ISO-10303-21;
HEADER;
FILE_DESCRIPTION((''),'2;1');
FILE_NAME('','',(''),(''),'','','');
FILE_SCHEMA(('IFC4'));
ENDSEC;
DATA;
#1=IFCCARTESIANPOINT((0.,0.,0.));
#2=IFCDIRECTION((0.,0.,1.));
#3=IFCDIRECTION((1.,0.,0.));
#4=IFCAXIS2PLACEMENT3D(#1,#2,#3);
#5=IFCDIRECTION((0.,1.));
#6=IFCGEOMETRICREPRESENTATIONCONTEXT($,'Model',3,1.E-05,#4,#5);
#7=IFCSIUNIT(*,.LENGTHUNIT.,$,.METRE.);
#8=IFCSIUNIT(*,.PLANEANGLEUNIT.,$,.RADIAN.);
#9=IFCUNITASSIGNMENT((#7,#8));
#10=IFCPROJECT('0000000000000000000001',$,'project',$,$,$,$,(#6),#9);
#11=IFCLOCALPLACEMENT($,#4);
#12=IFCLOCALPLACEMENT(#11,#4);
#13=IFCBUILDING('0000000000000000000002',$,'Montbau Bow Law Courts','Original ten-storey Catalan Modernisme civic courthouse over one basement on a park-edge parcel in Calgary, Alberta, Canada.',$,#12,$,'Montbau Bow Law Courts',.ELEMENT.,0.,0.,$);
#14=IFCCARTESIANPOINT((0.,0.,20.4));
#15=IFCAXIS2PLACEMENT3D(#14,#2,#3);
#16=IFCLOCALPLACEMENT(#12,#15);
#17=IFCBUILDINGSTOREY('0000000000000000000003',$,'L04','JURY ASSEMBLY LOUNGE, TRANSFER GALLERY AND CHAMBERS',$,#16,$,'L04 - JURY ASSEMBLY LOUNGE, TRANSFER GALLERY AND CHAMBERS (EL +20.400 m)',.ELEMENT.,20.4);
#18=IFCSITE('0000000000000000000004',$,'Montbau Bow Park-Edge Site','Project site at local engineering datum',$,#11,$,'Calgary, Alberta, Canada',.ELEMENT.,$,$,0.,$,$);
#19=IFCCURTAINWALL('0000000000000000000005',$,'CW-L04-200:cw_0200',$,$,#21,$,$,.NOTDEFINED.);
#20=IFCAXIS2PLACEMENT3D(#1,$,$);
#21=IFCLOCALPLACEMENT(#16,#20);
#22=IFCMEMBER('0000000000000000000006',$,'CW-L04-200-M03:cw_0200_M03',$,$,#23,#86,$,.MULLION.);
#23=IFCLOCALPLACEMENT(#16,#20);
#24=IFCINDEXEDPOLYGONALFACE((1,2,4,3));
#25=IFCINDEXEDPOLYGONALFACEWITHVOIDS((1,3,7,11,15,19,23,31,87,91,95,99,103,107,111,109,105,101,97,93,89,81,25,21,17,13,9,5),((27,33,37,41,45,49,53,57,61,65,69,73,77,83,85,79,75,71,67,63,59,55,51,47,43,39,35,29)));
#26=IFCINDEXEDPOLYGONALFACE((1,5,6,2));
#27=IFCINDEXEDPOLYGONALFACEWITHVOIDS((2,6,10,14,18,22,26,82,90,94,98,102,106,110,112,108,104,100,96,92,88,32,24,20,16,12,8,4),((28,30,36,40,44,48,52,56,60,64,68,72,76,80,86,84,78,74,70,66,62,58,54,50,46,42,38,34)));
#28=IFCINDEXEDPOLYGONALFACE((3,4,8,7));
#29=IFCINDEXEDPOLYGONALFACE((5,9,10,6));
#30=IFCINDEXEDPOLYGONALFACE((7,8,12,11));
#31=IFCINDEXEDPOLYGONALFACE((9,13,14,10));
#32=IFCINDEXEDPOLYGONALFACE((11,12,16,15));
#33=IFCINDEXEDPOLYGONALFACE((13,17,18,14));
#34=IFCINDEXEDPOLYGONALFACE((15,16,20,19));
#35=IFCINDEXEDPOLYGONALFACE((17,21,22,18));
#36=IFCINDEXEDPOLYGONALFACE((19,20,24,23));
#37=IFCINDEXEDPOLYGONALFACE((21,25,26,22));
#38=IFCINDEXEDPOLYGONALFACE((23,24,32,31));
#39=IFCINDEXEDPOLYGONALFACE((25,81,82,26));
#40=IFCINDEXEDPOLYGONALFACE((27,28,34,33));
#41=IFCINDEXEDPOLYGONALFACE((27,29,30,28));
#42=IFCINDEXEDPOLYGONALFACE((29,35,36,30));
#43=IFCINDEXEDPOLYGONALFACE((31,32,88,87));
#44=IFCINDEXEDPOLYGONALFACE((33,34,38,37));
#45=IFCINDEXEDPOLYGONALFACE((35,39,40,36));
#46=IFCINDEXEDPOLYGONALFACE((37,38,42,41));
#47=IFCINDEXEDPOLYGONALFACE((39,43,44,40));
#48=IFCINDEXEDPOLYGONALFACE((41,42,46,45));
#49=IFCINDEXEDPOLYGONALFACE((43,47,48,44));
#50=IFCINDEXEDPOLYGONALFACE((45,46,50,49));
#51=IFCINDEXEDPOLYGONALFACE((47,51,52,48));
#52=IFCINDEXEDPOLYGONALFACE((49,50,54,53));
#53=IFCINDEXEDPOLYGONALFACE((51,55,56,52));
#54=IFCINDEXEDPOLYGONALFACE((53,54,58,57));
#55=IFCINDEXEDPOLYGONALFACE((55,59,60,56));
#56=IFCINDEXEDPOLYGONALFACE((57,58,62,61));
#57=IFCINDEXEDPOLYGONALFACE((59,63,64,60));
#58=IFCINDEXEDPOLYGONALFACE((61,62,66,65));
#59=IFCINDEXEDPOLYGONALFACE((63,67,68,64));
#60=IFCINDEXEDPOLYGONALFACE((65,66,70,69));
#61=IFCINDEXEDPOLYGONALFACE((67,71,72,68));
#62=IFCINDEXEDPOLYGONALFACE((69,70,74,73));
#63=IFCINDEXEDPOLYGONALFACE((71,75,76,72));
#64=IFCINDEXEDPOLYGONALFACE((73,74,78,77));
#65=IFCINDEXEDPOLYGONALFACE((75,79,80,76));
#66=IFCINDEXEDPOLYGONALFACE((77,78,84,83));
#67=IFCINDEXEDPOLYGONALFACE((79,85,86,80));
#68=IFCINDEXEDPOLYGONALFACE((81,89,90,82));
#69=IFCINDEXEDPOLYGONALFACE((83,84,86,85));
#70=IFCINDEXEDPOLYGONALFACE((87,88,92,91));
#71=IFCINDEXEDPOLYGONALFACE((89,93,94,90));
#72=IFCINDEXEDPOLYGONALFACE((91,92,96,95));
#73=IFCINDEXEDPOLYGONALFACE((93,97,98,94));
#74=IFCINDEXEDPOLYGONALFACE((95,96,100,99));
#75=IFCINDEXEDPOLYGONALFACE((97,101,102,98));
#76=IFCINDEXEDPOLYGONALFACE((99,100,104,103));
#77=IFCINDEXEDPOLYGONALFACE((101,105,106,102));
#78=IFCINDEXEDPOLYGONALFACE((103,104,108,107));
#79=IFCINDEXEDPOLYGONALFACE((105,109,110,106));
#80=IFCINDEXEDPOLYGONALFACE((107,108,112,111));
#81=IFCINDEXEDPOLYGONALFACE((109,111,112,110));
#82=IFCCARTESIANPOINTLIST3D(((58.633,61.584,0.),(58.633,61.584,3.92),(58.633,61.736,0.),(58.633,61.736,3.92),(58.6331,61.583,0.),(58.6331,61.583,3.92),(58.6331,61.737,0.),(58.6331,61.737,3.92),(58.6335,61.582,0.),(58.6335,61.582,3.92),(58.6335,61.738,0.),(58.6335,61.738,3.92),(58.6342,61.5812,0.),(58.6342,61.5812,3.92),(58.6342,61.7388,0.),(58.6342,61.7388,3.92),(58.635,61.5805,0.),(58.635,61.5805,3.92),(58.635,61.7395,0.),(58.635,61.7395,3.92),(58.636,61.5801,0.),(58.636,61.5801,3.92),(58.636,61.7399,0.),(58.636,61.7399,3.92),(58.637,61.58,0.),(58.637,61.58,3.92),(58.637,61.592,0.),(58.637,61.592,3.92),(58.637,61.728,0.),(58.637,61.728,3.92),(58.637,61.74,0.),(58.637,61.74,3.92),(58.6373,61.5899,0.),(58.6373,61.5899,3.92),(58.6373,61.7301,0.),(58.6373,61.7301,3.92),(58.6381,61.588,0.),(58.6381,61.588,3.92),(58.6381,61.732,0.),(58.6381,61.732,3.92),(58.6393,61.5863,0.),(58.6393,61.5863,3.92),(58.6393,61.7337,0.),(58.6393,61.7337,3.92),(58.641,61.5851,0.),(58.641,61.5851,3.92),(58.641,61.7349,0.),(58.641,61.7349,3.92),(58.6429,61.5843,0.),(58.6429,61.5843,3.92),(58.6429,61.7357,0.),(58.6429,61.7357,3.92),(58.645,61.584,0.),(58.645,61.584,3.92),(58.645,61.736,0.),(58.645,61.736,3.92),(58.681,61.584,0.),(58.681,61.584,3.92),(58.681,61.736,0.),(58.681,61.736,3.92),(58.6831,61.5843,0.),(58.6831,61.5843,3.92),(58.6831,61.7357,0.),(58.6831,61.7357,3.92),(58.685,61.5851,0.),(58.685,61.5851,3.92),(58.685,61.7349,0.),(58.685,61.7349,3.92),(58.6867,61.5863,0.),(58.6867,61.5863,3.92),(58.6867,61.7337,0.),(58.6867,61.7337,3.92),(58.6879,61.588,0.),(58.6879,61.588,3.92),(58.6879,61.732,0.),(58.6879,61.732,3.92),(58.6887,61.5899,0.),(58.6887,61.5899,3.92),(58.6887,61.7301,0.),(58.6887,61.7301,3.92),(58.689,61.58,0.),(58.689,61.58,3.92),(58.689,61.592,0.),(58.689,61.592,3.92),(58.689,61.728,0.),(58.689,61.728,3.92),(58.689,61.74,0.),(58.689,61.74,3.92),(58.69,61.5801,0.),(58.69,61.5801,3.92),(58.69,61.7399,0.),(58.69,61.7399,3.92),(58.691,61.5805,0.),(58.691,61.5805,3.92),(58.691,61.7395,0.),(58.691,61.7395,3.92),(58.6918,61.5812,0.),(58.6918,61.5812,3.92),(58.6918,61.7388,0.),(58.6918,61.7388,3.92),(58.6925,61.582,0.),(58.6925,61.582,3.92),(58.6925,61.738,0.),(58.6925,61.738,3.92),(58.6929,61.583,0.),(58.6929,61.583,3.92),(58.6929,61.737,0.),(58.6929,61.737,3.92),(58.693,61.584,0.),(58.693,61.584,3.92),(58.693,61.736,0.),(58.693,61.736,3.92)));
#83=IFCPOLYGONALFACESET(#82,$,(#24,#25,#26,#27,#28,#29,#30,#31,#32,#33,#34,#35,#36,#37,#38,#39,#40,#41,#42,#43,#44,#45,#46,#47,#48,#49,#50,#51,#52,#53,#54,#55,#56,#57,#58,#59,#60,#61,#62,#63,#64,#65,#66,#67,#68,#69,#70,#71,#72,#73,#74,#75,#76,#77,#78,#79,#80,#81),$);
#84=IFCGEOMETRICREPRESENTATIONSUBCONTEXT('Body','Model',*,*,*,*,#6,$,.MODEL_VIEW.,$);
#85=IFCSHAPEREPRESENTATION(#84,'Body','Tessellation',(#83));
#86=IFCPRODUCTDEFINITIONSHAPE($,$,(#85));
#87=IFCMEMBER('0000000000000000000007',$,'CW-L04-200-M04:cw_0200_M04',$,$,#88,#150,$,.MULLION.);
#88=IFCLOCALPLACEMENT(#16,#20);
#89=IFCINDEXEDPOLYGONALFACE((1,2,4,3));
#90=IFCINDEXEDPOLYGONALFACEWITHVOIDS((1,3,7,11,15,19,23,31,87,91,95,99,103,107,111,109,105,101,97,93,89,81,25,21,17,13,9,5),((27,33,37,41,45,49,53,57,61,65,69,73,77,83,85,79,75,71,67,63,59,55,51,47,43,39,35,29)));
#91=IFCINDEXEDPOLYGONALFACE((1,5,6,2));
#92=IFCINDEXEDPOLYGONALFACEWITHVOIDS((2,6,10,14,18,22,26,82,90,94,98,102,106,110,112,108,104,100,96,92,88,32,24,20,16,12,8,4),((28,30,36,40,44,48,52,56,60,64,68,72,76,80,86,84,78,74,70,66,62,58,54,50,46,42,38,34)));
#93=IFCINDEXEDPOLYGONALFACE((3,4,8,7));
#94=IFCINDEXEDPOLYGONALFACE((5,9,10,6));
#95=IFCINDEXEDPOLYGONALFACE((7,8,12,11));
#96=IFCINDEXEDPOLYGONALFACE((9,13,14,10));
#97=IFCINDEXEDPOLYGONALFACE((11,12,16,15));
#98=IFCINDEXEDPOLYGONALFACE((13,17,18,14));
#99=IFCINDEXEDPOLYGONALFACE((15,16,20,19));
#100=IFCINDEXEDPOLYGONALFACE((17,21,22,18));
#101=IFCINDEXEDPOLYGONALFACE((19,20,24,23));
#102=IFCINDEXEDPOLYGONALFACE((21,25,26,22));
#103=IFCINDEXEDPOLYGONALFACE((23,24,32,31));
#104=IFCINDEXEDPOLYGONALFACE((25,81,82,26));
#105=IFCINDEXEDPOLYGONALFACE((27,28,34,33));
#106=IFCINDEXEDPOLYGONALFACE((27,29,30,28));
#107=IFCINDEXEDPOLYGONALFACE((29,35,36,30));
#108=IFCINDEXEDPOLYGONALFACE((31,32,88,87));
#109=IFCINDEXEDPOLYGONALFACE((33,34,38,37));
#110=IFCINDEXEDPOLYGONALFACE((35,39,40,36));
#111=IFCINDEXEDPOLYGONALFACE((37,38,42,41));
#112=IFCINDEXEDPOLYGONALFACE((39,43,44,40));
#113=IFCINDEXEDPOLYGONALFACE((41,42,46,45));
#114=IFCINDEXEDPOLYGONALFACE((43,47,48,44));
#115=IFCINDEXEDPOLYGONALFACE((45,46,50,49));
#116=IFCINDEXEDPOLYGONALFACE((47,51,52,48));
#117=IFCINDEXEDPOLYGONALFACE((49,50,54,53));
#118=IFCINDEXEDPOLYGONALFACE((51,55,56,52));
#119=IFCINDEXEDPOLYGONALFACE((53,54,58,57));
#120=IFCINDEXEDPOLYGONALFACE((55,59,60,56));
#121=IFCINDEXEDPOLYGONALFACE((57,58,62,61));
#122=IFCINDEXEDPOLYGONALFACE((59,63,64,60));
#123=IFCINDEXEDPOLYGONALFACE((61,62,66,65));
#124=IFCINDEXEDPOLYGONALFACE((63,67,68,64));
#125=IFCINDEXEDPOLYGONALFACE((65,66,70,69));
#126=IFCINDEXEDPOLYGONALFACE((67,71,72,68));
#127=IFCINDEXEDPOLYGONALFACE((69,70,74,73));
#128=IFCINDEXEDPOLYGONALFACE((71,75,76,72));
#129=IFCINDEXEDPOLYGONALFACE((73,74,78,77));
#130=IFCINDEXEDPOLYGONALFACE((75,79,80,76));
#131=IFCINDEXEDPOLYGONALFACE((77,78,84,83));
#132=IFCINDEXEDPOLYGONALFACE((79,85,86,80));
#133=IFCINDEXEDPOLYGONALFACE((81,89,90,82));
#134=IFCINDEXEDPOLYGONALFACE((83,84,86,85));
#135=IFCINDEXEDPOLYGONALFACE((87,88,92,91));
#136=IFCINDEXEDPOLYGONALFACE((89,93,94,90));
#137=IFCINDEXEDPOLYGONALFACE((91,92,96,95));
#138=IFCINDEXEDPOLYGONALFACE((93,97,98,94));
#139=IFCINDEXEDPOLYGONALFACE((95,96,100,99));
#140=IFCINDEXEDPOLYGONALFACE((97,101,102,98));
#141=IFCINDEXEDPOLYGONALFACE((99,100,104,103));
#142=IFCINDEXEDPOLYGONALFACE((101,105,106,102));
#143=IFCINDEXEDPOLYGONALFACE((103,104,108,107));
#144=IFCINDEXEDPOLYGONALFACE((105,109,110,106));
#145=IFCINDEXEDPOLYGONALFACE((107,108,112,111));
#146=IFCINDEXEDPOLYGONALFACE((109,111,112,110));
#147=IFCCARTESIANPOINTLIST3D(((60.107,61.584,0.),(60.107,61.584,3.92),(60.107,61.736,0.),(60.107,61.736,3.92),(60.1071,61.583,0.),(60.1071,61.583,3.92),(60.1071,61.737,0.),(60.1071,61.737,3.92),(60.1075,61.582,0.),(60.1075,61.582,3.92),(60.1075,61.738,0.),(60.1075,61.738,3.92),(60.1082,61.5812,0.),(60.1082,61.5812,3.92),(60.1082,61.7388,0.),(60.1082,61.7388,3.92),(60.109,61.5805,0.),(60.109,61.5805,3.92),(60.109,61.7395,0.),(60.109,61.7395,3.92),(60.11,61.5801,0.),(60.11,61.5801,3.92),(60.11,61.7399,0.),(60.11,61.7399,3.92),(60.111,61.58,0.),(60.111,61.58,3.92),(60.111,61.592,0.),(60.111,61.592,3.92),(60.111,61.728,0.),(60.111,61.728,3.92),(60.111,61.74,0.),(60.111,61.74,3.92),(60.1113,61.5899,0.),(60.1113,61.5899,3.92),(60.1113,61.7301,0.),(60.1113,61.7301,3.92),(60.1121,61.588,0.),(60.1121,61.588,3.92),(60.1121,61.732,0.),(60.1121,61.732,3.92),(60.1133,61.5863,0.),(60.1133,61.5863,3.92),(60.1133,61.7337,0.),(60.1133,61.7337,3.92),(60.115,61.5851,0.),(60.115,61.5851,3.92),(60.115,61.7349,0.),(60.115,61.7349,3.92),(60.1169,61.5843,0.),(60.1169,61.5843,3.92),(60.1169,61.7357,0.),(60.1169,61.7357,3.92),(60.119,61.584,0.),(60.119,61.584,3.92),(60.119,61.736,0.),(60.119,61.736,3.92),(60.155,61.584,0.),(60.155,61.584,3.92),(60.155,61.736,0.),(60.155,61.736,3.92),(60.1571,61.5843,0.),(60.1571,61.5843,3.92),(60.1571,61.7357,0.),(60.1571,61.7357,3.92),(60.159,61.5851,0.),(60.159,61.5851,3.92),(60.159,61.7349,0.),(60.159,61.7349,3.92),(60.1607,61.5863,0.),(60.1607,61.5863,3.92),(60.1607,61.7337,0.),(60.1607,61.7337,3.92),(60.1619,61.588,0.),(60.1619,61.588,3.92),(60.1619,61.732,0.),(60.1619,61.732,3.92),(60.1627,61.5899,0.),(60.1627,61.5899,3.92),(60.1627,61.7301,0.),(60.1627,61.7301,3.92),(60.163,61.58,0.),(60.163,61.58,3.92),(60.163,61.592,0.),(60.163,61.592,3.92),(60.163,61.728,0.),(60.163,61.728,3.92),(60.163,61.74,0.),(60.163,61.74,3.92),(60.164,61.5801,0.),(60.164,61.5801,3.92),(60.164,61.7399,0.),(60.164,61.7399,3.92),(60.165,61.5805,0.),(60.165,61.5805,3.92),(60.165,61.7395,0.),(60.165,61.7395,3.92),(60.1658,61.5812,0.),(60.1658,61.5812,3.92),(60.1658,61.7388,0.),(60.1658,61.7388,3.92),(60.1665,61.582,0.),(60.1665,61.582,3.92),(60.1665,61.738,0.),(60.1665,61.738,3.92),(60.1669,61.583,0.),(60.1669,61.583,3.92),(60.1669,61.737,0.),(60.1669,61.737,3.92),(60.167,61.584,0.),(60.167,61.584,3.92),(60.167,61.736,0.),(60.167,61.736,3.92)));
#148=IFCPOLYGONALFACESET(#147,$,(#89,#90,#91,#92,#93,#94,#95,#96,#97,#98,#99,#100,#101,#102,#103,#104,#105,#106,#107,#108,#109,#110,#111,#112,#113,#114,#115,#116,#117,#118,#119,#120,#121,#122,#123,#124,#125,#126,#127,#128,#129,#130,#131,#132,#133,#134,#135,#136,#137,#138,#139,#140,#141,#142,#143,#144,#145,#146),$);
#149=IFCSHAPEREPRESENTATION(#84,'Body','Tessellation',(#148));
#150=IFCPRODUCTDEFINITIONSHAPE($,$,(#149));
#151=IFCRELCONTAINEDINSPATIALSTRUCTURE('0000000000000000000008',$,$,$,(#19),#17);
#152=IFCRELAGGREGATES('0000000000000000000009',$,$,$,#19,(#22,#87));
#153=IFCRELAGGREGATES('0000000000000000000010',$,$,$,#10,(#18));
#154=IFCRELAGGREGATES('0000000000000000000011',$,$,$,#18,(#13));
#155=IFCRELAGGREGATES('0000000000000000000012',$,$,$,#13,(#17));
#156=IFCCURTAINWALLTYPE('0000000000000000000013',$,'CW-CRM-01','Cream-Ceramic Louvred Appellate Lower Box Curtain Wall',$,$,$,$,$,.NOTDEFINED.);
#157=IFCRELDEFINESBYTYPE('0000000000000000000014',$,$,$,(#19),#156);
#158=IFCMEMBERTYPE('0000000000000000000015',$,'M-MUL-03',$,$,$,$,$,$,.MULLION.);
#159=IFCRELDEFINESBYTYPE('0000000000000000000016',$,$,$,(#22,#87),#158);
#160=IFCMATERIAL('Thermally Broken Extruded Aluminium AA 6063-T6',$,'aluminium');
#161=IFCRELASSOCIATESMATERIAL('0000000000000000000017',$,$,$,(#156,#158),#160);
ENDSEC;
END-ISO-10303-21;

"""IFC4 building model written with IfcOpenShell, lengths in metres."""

from ifc_helpers import new_model, si_unit, direction, frame, origin_with_axes, origin_2d_with_axis, place, context, subcontext, project, spatial, hollow_rectangle, extrude, material, material_profile, profile_set, type_object, element, aggregate, save


model = new_model("IFC4")

# Units and contexts
model_context = context("Model", 3, precision=1e-05, world=origin_with_axes(), true_north=direction((0.0, 1.0)))
body_context = subcontext(model_context, "Body", "Model", "MODEL_VIEW")
ifc_project = project(units=[si_unit("LENGTHUNIT", "METRE"), si_unit("PLANEANGLEUNIT", "RADIAN")], contexts=[model_context])

# Site, building, storey
site_placement = place(None, origin_with_axes())
site = spatial("IfcSite", under=ifc_project, at=site_placement, Name="Montbau Bow Park-Edge Site", Description="Project site at local engineering datum", LongName="Calgary, Alberta, Canada", CompositionType="ELEMENT", RefElevation=0.0)
building_placement = place(site_placement, origin_with_axes())
building = spatial("IfcBuilding", under=site, at=building_placement, Name="Montbau Bow Law Courts", Description="Original ten-storey Catalan Modernisme civic courthouse over one basement on a park-edge parcel in Calgary, Alberta, Canada.", LongName="Montbau Bow Law Courts", CompositionType="ELEMENT", ElevationOfRefHeight=0.0, ElevationOfTerrain=0.0)
storey_placement = place(building_placement, frame((0.0, 0.0, 20.4), z_axis=(0.0, 0.0, 1.0), x_axis=(1.0, 0.0, 0.0)))
storey = spatial("IfcBuildingStorey", under=building, at=storey_placement, Name="L04", Description="JURY ASSEMBLY LOUNGE, TRANSFER GALLERY AND CHAMBERS", LongName="L04 - JURY ASSEMBLY LOUNGE, TRANSFER GALLERY AND CHAMBERS (EL +20.400 m)", CompositionType="ELEMENT", Elevation=20.4)

# Shared definitions
ifc_material_1 = material(Name="Thermally Broken Extruded Aluminium AA 6063-T6", Category="aluminium")
curtain_wall_type = type_object("IfcCurtainWallType", Name="CW-CRM-01", Description="Cream-Ceramic Louvred Appellate Lower Box Curtain Wall", PredefinedType="NOTDEFINED", material=ifc_material_1)

# Curtain wall, members
curtain_wall_1_placement = place(None, frame((55.715, 61.66, 20.4), z_axis=(0.0, 0.0, 1.0), x_axis=(1.0, 0.0, 0.0)))
curtain_wall_1 = element("IfcCurtainWall", 1, at=curtain_wall_1_placement, inside=storey, type_object=curtain_wall_type, Name="CW-L04-200:cw_0200", PredefinedType="NOTDEFINED")
ifc_material_profile_1 = material_profile(ifc_material_1, hollow_rectangle(XDim=0.06, YDim=0.16, WallThickness=0.004, InnerFilletRadius=0.008, OuterFilletRadius=0.004, at=origin_2d_with_axis()), Name="CWM-160X60", Category="Main", Priority=0)
ifc_profile_set_1 = profile_set([ifc_material_profile_1], Name="Thermally Broken Extruded Aluminium AA 6063-T6")
member_type_1 = type_object("IfcMemberType", Name="M-MUL-03", PredefinedType="MULLION", material=ifc_profile_set_1)
member_1_placement = place(None, frame((58.663, 61.66, 20.4), z_axis=(0.0, 0.0, 1.0), x_axis=(1.0, 0.0, 0.0)))
member_1 = element("IfcMember", 2, at=member_1_placement, type_object=member_type_1, Name="CW-L04-200-M03:cw_0200_M03", PredefinedType="MULLION", context=body_context, shape_type="SweptSolid", body=[
    extrude(hollow_rectangle(XDim=0.06, YDim=0.16, WallThickness=0.004, InnerFilletRadius=0.008, OuterFilletRadius=0.004, at=origin_2d_with_axis()), origin_with_axes(), (0.0, 0.0, 1.0), 3.92),
])
member_2_placement = place(None, frame((60.137, 61.66, 20.4), z_axis=(0.0, 0.0, 1.0), x_axis=(1.0, 0.0, 0.0)))
member_2 = element("IfcMember", 3, at=member_2_placement, type_object=member_type_1, Name="CW-L04-200-M04:cw_0200_M04", PredefinedType="MULLION", context=body_context, shape_type="SweptSolid", body=[
    extrude(hollow_rectangle(XDim=0.06, YDim=0.16, WallThickness=0.004, InnerFilletRadius=0.008, OuterFilletRadius=0.004, at=origin_2d_with_axis()), origin_with_axes(), (0.0, 0.0, 1.0), 3.92),
])

aggregate(curtain_wall_1, [member_1, member_2])

save(model, "model.ifc")
